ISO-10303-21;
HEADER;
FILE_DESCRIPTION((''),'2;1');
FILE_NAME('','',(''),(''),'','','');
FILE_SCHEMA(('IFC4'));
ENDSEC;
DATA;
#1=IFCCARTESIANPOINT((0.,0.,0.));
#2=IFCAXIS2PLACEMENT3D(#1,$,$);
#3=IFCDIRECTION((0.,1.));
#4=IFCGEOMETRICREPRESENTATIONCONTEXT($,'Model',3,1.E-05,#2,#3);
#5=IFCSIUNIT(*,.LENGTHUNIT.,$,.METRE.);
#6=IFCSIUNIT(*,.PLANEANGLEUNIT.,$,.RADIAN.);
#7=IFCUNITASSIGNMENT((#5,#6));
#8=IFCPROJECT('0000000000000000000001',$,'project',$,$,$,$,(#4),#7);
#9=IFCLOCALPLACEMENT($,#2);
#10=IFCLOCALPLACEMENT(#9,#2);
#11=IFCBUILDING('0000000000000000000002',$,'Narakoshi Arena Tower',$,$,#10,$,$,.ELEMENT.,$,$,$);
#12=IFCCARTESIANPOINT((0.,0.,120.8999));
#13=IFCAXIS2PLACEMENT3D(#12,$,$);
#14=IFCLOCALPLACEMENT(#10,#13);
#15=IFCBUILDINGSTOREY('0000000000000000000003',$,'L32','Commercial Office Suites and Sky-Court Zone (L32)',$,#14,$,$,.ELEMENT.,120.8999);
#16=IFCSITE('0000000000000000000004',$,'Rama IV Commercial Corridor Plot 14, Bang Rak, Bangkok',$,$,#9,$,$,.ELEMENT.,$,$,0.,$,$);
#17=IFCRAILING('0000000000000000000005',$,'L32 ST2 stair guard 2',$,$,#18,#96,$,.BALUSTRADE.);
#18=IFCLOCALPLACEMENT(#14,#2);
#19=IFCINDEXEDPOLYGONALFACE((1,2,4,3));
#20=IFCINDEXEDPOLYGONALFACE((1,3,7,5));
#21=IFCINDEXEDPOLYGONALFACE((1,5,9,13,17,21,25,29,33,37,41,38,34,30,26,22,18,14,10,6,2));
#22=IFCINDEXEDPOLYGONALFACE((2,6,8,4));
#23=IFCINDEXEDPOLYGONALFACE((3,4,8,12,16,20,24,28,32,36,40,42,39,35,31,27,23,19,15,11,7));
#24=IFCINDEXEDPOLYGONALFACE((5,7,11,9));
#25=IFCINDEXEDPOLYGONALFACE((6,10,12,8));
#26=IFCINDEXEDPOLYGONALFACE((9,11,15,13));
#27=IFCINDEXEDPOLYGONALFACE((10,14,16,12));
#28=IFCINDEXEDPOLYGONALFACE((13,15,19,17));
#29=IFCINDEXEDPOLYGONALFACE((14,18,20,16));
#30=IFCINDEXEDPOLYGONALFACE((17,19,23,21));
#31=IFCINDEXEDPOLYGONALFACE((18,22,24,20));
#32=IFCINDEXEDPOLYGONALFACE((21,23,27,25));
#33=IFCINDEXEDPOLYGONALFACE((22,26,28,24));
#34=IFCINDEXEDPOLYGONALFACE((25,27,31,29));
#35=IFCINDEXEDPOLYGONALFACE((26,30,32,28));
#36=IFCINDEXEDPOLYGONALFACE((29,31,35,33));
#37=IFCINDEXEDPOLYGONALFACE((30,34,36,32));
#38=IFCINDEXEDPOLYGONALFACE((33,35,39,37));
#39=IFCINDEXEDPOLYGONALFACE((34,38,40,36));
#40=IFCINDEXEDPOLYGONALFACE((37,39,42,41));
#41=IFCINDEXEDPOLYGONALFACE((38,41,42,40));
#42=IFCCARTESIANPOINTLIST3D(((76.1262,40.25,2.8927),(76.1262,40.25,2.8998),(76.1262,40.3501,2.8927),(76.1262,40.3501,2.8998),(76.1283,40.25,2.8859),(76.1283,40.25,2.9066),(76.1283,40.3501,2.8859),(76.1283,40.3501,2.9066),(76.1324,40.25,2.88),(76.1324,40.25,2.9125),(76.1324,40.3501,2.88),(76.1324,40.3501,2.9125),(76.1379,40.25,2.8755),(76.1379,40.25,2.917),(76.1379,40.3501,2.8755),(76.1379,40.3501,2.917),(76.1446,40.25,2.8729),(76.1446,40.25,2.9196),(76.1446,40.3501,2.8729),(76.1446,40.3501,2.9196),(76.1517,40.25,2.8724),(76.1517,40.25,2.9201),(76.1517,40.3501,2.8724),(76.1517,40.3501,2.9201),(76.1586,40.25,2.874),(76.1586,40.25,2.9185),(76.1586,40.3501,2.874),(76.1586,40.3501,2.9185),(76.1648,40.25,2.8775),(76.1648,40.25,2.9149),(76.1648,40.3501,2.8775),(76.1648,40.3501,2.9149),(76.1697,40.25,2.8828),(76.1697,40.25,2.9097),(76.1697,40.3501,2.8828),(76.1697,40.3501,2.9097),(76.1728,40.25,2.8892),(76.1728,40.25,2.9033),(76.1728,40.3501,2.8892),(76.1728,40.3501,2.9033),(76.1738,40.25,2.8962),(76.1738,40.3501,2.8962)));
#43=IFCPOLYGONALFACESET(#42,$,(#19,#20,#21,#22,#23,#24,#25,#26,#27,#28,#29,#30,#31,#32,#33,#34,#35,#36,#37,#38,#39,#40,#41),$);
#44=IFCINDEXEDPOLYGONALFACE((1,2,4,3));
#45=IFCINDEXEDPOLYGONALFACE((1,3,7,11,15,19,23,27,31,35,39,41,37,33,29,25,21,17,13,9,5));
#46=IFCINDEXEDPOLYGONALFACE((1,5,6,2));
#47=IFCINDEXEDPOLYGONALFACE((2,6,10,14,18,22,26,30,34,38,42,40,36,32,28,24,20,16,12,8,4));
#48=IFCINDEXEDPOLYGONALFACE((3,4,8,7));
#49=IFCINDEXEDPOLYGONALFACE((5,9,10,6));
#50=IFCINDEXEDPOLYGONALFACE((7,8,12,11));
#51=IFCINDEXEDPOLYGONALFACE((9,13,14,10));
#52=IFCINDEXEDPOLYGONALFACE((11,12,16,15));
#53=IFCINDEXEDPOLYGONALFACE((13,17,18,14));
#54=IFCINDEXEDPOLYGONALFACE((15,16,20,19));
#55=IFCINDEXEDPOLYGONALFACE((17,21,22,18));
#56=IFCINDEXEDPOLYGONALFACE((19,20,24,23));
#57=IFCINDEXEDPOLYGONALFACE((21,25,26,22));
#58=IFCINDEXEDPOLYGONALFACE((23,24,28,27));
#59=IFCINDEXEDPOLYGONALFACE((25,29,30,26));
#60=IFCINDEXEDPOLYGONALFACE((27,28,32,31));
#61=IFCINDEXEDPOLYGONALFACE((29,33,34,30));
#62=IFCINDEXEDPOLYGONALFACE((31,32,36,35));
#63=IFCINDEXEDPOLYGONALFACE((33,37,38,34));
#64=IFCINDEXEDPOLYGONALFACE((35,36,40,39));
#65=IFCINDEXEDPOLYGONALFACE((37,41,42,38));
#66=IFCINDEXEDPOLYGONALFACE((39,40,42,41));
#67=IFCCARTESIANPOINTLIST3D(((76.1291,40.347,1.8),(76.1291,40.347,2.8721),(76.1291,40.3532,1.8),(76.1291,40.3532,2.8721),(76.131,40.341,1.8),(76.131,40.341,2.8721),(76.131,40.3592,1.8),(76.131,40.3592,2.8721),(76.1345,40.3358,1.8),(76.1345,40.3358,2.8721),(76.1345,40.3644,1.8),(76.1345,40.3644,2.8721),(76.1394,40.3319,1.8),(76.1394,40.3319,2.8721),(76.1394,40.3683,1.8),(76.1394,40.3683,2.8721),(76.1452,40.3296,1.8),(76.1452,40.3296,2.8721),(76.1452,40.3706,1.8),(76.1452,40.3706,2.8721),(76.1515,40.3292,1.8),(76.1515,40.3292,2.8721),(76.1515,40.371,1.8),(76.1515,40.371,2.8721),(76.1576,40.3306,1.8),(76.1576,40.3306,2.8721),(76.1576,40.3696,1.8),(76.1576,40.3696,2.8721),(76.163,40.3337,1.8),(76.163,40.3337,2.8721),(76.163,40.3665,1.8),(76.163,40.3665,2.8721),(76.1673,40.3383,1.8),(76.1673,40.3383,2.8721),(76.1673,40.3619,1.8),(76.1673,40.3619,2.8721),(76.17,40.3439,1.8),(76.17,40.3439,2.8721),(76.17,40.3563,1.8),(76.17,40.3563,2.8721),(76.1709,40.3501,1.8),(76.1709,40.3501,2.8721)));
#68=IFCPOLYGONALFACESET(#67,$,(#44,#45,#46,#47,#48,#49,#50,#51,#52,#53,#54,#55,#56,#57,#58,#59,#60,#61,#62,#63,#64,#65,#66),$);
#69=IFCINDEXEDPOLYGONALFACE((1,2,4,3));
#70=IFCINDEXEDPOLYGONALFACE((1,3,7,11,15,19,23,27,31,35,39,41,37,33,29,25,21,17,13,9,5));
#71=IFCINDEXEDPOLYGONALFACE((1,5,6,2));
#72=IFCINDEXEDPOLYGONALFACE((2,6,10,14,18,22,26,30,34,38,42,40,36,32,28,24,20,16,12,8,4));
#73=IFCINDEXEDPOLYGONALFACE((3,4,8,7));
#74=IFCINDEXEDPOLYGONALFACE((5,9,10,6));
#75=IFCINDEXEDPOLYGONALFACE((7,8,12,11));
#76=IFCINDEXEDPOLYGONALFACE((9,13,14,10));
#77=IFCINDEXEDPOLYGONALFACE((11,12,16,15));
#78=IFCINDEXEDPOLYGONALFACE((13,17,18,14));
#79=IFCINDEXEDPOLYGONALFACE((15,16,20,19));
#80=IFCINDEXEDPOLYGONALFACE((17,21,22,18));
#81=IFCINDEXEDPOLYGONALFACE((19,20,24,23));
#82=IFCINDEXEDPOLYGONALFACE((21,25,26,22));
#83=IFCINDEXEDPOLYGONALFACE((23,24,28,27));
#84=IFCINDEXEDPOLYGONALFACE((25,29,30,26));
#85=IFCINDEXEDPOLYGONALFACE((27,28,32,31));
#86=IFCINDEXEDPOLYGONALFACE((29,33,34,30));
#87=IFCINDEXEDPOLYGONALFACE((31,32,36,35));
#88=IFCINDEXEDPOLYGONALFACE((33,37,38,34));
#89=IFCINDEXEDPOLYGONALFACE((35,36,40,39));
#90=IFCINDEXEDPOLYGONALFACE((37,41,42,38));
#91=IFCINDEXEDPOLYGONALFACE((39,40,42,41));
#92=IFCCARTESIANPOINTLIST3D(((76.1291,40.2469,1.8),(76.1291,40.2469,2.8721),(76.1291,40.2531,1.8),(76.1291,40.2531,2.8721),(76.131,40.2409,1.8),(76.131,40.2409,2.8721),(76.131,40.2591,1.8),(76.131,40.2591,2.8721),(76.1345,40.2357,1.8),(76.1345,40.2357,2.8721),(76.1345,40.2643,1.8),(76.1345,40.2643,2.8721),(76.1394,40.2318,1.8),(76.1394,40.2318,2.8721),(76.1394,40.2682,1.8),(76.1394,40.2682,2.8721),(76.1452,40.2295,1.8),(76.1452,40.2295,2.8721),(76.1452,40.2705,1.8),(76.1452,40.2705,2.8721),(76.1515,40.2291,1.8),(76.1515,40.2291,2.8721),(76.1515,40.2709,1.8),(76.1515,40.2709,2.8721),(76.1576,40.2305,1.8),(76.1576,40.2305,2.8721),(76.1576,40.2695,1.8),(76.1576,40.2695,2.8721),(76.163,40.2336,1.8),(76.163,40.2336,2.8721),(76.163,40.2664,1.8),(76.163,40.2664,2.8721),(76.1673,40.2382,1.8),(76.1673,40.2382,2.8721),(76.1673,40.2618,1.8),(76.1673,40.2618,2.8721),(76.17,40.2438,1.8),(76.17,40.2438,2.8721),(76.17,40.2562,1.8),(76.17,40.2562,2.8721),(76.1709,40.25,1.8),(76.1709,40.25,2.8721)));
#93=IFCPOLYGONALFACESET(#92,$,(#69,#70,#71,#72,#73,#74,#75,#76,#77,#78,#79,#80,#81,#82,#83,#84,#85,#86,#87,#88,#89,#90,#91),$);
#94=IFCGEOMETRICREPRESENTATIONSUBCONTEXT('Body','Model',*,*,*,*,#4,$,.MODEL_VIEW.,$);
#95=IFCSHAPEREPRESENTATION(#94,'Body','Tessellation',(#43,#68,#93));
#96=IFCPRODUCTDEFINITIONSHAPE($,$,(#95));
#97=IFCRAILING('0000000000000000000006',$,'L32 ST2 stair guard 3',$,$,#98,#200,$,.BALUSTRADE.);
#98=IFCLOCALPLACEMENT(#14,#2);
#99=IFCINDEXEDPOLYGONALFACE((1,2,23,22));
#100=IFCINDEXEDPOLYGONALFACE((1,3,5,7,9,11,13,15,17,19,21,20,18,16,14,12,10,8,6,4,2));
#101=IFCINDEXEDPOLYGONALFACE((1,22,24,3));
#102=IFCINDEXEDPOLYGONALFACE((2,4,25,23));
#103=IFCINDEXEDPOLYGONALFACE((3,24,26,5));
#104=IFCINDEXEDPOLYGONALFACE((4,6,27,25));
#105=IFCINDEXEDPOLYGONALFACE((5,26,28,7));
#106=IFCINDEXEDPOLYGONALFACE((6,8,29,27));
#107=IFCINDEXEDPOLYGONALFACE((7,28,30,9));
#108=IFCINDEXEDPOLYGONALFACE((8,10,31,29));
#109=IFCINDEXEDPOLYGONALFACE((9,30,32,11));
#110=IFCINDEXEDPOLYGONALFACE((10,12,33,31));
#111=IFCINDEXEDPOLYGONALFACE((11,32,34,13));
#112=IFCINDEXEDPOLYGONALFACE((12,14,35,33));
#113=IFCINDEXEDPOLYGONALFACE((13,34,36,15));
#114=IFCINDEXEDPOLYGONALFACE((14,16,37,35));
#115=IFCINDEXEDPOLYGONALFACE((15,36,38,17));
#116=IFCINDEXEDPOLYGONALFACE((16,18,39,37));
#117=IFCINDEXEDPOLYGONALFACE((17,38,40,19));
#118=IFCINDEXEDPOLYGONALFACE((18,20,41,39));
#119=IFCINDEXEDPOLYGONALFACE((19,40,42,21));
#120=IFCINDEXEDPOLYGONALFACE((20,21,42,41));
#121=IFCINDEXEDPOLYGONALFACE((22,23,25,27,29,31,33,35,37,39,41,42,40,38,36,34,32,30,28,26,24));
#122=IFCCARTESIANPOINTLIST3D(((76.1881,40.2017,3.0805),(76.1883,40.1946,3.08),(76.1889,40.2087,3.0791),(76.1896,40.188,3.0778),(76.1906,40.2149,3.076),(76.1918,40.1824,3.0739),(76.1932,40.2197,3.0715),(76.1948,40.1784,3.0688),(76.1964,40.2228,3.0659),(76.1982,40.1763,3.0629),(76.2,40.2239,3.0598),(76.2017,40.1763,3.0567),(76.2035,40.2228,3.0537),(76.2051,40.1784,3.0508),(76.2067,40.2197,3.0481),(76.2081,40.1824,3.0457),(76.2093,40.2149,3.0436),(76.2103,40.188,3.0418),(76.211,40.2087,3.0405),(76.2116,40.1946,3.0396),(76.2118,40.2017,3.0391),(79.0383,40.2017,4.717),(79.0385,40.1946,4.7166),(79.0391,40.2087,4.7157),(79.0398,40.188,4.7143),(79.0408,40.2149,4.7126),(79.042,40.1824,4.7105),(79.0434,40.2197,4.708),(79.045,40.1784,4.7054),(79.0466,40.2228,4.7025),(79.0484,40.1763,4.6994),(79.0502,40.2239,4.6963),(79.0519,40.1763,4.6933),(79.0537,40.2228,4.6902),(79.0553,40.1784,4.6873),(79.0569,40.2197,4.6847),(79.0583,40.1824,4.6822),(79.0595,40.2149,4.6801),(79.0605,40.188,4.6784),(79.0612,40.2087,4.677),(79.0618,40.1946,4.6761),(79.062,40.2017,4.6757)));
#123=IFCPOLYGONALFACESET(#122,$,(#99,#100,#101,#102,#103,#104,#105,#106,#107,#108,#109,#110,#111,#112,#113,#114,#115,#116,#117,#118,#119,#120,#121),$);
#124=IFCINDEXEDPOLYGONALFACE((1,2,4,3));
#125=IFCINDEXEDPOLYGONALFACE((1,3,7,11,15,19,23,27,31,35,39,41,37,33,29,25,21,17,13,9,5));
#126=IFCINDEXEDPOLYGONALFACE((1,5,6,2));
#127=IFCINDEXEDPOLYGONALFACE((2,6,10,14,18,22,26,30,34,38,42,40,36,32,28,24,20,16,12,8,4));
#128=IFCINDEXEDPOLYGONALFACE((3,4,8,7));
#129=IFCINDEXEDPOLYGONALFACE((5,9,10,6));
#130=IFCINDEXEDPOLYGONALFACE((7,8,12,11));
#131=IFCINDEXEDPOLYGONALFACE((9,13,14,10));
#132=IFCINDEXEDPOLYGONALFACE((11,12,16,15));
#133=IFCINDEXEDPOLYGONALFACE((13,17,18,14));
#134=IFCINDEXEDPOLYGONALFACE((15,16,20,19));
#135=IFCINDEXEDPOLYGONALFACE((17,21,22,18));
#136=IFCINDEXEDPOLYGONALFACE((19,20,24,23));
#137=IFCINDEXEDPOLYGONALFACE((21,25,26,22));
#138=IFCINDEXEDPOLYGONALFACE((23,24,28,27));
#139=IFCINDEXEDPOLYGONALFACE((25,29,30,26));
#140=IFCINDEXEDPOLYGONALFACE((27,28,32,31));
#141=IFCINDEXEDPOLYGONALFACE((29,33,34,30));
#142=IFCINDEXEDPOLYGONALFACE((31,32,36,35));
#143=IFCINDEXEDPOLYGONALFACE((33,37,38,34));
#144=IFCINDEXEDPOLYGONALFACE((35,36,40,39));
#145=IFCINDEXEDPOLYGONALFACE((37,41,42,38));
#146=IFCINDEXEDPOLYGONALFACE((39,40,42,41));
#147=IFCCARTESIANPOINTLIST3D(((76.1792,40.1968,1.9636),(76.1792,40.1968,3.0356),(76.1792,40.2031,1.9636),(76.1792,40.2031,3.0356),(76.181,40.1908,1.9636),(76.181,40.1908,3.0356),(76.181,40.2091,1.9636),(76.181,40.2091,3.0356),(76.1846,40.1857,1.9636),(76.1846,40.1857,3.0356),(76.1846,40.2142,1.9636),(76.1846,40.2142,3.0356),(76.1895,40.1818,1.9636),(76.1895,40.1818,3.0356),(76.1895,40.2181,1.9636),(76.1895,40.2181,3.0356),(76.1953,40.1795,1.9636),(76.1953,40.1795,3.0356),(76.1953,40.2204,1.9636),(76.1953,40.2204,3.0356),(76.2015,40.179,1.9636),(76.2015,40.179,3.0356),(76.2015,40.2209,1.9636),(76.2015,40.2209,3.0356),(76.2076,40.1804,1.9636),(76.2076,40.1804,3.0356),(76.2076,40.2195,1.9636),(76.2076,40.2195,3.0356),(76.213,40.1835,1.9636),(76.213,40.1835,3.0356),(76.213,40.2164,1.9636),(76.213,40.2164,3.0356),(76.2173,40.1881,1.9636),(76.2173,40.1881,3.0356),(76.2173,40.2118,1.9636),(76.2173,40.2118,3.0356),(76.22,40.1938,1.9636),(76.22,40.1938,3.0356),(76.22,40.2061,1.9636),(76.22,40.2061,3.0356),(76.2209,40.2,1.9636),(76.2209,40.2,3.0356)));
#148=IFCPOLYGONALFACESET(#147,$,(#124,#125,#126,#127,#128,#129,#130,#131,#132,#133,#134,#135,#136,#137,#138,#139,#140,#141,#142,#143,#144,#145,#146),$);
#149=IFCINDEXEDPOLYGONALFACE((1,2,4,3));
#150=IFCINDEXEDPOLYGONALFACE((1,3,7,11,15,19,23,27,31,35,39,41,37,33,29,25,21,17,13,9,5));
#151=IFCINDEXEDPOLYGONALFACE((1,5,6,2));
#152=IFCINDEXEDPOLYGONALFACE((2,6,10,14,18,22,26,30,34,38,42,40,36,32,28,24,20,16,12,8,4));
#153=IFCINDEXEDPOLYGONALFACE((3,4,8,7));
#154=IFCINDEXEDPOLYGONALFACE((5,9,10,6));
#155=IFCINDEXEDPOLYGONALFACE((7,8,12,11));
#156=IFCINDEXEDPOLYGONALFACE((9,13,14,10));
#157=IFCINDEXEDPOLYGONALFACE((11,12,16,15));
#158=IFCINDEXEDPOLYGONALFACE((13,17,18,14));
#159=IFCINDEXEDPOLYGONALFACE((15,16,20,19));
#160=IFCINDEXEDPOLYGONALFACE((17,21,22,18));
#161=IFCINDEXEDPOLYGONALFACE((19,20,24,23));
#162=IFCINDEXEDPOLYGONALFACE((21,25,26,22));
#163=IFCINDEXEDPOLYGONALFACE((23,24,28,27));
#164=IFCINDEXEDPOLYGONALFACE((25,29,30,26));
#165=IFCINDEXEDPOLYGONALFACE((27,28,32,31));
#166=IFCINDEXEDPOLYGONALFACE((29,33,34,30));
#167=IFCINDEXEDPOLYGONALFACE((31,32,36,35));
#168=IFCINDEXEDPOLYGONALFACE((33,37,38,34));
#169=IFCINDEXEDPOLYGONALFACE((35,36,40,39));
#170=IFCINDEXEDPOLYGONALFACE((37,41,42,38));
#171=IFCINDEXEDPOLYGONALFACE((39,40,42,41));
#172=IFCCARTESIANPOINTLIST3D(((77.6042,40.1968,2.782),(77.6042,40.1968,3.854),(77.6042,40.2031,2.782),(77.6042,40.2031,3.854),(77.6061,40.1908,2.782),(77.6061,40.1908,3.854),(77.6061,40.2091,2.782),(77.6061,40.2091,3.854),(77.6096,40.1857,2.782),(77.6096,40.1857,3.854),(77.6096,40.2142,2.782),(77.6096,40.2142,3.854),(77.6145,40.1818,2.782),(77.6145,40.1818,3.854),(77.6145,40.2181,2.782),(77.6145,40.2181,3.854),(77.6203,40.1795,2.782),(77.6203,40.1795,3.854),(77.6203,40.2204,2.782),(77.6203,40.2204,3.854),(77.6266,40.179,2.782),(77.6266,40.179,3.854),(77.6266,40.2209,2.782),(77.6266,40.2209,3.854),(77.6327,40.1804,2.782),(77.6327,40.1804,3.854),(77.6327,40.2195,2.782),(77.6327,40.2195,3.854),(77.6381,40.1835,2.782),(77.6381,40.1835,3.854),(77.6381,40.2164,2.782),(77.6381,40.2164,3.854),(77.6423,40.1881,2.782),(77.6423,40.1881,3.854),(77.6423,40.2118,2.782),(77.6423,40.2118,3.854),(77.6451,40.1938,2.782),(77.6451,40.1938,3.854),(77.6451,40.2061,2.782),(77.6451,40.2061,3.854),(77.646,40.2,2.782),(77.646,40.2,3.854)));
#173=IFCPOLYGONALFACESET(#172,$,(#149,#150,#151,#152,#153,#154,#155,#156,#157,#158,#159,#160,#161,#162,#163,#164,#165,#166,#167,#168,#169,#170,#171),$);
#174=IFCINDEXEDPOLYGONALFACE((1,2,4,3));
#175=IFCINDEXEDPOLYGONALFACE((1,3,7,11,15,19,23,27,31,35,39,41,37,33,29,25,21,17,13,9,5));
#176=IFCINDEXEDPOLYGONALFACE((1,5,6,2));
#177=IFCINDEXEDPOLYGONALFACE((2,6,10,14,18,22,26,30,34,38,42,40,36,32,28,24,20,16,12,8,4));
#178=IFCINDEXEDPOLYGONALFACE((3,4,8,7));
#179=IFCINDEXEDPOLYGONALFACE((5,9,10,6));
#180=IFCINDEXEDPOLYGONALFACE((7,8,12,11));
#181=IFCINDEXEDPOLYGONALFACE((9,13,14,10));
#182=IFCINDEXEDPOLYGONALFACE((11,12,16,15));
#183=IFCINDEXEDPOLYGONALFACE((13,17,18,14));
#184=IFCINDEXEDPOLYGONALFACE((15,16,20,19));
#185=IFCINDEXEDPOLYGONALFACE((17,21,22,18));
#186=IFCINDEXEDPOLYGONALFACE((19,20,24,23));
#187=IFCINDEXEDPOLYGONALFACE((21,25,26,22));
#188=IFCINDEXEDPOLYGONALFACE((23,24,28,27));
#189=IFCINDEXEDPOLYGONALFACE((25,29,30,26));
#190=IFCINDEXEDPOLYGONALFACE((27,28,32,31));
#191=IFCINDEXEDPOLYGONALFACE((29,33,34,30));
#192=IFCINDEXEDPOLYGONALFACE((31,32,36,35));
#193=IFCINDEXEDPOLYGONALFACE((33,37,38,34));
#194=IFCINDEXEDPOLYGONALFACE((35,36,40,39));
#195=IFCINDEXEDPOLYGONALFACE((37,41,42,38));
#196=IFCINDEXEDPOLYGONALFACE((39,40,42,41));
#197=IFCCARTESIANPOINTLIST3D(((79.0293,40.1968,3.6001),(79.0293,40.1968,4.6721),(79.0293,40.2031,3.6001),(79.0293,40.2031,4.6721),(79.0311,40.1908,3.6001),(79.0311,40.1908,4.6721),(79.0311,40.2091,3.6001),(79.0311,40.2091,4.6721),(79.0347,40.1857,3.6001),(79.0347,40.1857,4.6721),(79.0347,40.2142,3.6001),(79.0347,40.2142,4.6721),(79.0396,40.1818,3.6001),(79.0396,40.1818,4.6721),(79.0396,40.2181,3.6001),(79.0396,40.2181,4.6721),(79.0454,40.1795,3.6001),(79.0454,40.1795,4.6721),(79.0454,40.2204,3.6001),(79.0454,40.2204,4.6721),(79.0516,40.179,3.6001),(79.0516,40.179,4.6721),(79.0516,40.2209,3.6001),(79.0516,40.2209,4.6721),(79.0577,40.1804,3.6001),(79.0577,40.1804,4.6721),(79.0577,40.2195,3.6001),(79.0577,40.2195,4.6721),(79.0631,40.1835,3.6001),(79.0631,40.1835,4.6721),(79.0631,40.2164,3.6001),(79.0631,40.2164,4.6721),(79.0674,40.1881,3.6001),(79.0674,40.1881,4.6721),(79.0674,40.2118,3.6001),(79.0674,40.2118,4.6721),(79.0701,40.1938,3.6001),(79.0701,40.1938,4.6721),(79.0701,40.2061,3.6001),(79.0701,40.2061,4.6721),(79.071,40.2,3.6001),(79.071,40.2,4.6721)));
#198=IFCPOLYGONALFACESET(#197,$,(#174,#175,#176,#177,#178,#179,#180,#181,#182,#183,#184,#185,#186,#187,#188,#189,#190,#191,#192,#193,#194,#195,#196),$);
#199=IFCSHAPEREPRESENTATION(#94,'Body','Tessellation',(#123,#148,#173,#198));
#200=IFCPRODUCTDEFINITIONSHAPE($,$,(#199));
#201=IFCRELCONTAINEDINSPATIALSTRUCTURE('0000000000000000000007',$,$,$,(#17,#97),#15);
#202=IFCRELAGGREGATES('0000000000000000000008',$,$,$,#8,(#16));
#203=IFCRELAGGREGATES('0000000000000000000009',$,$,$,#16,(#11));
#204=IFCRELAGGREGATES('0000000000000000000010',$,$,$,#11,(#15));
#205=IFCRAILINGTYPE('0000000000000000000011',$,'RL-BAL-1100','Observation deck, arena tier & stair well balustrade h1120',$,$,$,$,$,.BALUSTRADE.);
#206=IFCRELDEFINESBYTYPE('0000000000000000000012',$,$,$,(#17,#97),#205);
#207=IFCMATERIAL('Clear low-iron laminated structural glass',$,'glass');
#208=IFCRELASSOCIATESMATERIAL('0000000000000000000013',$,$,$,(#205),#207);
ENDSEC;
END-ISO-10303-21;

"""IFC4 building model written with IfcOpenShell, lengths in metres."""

from ifc_helpers import new_model, si_unit, direction, frame, origin, origin_2d, place, context, subcontext, project, spatial, circle, extrude, material, type_object, element, save


model = new_model("IFC4")

# Units and contexts
model_context = context("Model", 3, precision=1e-05, world=origin(), true_north=direction((0.0, 1.0)))
body_context = subcontext(model_context, "Body", "Model", "MODEL_VIEW")
ifc_project = project(units=[si_unit("LENGTHUNIT", "METRE"), si_unit("PLANEANGLEUNIT", "RADIAN")], contexts=[model_context])

# Site, building, storey
site_placement = place(None, origin())
site = spatial("IfcSite", under=ifc_project, at=site_placement, Name="Rama IV Commercial Corridor Plot 14, Bang Rak, Bangkok", CompositionType="ELEMENT", RefElevation=0.0)
building_placement = place(site_placement, origin())
building = spatial("IfcBuilding", under=site, at=building_placement, Name="Narakoshi Arena Tower", CompositionType="ELEMENT")
storey_placement = place(building_placement, frame((0.0, 0.0, 120.8999)))
storey = spatial("IfcBuildingStorey", under=building, at=storey_placement, Name="L32", Description="Commercial Office Suites and Sky-Court Zone (L32)", CompositionType="ELEMENT", Elevation=120.8999)

# Railings
ifc_material_1 = material(Name="Clear low-iron laminated structural glass", Category="glass")
railing_type_1 = type_object("IfcRailingType", Name="RL-BAL-1100", Description="Observation deck, arena tier & stair well balustrade h1120", PredefinedType="BALUSTRADE", material=ifc_material_1)
railing_1_placement = place(storey_placement, frame((76.1499, 40.3501, 1.8)))
element("IfcRailing", 1, at=railing_1_placement, inside=storey, type_object=railing_type_1, Name="L32 ST2 stair guard 2", PredefinedType="BALUSTRADE", context=body_context, shape_type="SweptSolid", body=[
    extrude(circle(Radius=0.0239, at=origin_2d()), frame((0.0, 0.0, 1.0962), z_axis=(0.0, -1.0, 0.0), x_axis=(1.0, 0.0, 0.0)), (0.0, 0.0, 1.0), 0.1001),
    extrude(circle(Radius=0.021, at=origin_2d()), origin(), (0.0, 0.0, 1.0), 1.072),
    extrude(circle(Radius=0.021, at=origin_2d()), frame((0.0, -0.1001, 0.0)), (0.0, 0.0, 1.0), 1.072),
])
railing_2_placement = place(storey_placement, frame((76.2, 40.2, 1.9636)))
element("IfcRailing", 2, at=railing_2_placement, inside=storey, type_object=railing_type_1, Name="L32 ST2 stair guard 3", PredefinedType="BALUSTRADE", context=body_context, shape_type="SweptSolid", body=[
    extrude(circle(Radius=0.0239, at=origin_2d()), frame((0.0, 0.0, 1.0962), z_axis=(0.867213, 0.0, 0.497938), x_axis=(0.0, 1.0, 0.0)), (0.0, 0.0, 1.0), 3.2866),
    extrude(circle(Radius=0.021, at=origin_2d()), origin(), (0.0, 0.0, 1.0), 1.072),
    extrude(circle(Radius=0.021, at=origin_2d()), frame((1.425, 0.0, 0.8184)), (0.0, 0.0, 1.0), 1.072),
    extrude(circle(Radius=0.021, at=origin_2d()), frame((2.8501, 0.0, 1.6365)), (0.0, 0.0, 1.0), 1.072),
])

save(model, "model.ifc")
